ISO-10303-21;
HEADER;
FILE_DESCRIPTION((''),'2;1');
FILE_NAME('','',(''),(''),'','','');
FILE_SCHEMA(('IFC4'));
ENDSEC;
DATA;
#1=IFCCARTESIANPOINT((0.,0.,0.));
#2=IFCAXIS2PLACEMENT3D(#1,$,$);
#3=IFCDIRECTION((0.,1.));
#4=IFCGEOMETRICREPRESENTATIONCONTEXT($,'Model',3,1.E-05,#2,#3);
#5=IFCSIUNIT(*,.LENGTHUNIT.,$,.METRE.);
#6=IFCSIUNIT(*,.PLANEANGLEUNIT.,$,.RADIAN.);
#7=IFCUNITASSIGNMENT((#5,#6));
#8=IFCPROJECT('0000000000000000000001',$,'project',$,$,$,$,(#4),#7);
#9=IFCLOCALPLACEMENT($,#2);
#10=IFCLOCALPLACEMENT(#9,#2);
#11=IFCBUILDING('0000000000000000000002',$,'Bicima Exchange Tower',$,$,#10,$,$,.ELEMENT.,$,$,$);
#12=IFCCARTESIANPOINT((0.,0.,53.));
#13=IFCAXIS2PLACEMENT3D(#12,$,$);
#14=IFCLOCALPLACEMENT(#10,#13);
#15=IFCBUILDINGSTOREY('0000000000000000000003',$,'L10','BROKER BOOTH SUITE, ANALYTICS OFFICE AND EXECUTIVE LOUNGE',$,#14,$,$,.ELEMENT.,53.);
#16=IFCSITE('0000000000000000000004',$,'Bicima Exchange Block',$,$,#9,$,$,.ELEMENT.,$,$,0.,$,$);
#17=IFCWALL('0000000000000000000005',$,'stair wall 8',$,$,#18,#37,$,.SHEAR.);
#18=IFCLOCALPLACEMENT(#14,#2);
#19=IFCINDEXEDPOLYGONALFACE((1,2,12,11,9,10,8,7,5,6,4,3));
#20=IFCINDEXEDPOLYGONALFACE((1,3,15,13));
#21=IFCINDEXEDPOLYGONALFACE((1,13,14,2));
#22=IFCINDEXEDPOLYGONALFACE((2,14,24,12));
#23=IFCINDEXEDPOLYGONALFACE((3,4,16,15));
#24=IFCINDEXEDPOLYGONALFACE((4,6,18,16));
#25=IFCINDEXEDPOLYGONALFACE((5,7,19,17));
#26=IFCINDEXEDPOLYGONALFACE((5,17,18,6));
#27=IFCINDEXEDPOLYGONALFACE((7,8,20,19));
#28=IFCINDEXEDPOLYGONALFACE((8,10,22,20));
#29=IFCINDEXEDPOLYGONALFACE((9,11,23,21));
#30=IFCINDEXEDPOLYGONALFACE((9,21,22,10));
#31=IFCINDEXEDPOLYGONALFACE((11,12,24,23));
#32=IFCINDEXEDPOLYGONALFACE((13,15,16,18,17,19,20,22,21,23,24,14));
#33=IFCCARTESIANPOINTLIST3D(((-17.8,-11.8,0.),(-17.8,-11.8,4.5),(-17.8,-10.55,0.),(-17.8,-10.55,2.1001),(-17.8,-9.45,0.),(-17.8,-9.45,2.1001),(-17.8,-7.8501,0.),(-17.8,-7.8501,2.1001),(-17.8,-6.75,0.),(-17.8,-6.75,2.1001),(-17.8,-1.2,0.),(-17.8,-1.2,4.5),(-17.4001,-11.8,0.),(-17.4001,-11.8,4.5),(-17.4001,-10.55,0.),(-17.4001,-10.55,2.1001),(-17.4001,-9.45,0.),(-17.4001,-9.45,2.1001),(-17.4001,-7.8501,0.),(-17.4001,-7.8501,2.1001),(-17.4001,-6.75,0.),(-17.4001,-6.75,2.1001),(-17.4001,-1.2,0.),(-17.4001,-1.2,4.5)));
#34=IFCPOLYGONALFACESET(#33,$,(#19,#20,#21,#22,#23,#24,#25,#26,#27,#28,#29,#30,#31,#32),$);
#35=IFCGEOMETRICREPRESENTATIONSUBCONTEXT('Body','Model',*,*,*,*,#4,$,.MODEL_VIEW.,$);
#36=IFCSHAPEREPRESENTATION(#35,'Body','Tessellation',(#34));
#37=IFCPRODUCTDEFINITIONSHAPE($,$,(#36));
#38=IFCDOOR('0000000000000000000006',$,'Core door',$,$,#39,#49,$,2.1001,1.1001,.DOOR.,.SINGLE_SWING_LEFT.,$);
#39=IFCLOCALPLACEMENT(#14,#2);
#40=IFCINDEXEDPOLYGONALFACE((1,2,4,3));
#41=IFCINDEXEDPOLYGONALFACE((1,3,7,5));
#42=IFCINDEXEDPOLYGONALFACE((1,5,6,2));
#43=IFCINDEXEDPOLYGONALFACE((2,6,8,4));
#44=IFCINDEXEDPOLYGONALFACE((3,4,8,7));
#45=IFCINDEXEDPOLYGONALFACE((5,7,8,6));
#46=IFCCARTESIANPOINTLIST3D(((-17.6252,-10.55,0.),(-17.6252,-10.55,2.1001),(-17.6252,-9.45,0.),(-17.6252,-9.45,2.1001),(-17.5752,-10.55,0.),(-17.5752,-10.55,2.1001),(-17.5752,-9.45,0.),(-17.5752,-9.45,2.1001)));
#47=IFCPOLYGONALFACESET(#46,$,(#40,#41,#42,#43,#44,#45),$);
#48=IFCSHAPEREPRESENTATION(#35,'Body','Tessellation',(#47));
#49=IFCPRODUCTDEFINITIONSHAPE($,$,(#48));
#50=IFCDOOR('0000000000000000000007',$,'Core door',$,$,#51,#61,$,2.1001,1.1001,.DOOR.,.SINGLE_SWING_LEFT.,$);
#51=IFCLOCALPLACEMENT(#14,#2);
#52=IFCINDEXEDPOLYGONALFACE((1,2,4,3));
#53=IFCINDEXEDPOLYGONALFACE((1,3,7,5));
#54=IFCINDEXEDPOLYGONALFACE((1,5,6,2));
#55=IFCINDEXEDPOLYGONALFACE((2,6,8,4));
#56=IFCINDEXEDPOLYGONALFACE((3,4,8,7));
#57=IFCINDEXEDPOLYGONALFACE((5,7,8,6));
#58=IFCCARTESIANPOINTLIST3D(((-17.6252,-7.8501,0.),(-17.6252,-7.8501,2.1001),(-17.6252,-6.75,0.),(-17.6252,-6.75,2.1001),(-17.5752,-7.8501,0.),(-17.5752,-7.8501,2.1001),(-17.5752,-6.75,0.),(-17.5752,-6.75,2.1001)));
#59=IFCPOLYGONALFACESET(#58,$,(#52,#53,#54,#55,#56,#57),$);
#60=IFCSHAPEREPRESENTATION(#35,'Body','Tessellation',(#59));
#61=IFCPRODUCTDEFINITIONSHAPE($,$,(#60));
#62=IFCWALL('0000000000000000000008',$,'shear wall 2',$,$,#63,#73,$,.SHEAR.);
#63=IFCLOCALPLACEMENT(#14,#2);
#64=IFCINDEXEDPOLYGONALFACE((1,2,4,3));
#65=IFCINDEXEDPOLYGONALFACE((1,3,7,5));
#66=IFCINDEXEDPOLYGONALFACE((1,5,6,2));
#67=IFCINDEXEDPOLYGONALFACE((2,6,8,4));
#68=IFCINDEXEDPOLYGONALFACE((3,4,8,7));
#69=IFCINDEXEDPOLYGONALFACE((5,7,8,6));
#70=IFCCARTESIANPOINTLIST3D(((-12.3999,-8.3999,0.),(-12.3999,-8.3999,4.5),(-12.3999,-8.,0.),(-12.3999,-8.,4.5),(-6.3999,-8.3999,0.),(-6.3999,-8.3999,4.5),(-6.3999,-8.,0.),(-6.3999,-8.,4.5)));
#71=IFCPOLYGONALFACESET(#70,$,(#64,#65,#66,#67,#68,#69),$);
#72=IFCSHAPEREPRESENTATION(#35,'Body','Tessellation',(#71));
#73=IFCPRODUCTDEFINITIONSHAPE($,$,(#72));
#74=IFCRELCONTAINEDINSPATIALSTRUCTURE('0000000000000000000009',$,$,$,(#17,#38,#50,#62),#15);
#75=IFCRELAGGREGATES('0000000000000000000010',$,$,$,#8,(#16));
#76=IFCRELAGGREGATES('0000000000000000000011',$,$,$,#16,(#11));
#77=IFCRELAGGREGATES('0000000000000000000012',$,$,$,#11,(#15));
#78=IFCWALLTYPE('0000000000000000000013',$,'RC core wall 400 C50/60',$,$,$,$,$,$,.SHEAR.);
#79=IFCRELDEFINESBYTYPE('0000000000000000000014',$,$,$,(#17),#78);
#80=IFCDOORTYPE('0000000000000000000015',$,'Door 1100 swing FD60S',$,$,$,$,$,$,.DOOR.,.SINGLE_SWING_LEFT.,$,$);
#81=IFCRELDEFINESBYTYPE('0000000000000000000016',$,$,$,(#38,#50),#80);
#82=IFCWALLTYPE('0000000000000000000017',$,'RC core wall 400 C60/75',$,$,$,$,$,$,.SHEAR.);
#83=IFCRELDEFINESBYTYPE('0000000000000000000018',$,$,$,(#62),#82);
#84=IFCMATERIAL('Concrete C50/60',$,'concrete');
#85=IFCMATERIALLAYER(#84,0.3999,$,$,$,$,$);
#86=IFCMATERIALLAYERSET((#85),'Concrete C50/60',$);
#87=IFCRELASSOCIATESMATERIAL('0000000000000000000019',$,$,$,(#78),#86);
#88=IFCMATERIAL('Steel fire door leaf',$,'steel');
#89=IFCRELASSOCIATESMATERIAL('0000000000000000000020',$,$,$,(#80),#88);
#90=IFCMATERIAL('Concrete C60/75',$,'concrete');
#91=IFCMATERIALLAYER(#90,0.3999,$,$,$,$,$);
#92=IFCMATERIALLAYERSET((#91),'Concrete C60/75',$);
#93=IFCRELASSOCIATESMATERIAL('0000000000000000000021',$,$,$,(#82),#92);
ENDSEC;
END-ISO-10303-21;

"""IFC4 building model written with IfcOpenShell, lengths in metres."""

from ifc_helpers import new_model, si_unit, direction, frame, frame_2d, origin, place, context, subcontext, project, spatial, rectangle, extrude, material, layer, layer_set, type_object, element, fill, save


model = new_model("IFC4")

# Units and contexts
model_context = context("Model", 3, precision=1e-05, world=origin(), true_north=direction((0.0, 1.0)))
body_context = subcontext(model_context, "Body", "Model", "MODEL_VIEW")
ifc_project = project(units=[si_unit("LENGTHUNIT", "METRE"), si_unit("PLANEANGLEUNIT", "RADIAN")], contexts=[model_context])

# Site, building, storey
site_placement = place(None, origin())
site = spatial("IfcSite", under=ifc_project, at=site_placement, Name="Bicima Exchange Block", CompositionType="ELEMENT", RefElevation=0.0)
building_placement = place(site_placement, origin())
building = spatial("IfcBuilding", under=site, at=building_placement, Name="Bicima Exchange Tower", CompositionType="ELEMENT")
storey_placement = place(building_placement, frame((0.0, 0.0, 53.0)))
storey = spatial("IfcBuildingStorey", under=building, at=storey_placement, Name="L10", Description="BROKER BOOTH SUITE, ANALYTICS OFFICE AND EXECUTIVE LOUNGE", CompositionType="ELEMENT", Elevation=53.0)

# Wall, openings, doors
ifc_material_1 = material(Name="Concrete C50/60", Category="concrete")
ifc_layer_1 = layer(ifc_material_1, 0.3999)
ifc_layer_set_1 = layer_set([ifc_layer_1], Name="Concrete C50/60")
wall_type_1 = type_object("IfcWallType", Name="RC core wall 400 C50/60", PredefinedType="SHEAR", material=ifc_layer_set_1)
wall_1_placement = place(storey_placement, frame((-17.6001, -11.8, 0.0), z_axis=(0.0, 0.0, 1.0), x_axis=(0.0, 1.0, 0.0)))
wall_1 = element("IfcWall", 1, at=wall_1_placement, inside=storey, type_object=wall_type_1, Name="stair wall 8", PredefinedType="SHEAR", context=body_context, shape_type="SweptSolid", body=[
    extrude(rectangle(XDim=10.6001, YDim=0.3999, at=frame_2d((5.3, 0.0))), origin(), (0.0, 0.0, 1.0), 4.5),
])
opening_1_placement = place(wall_1_placement, frame((1.25, 0.0, 0.0)))
opening_1 = element("IfcOpeningElement", 2, at=opening_1_placement, cuts=wall_1, PredefinedType="OPENING", context=body_context, shape_type="SweptSolid", body=[
    extrude(rectangle(XDim=1.1001, YDim=2.1001, at=frame_2d((0.55, 1.05))), frame((0.0, 0.2119, 0.0), z_axis=(0.0, -1.0, 0.0), x_axis=(1.0, 0.0, 0.0)), (0.0, 0.0, 1.0), 0.4238),
])
opening_2_placement = place(wall_1_placement, frame((3.95, 0.0, 0.0)))
opening_2 = element("IfcOpeningElement", 3, at=opening_2_placement, cuts=wall_1, PredefinedType="OPENING", context=body_context, shape_type="SweptSolid", body=[
    extrude(rectangle(XDim=1.1001, YDim=2.1001, at=frame_2d((0.55, 1.05))), frame((0.0, 0.2119, 0.0), z_axis=(0.0, -1.0, 0.0), x_axis=(1.0, 0.0, 0.0)), (0.0, 0.0, 1.0), 0.4238),
])
ifc_material_2 = material(Name="Steel fire door leaf", Category="steel")
door_type_1 = type_object("IfcDoorType", Name="Door 1100 swing FD60S", OperationType="SINGLE_SWING_LEFT", PredefinedType="DOOR", material=ifc_material_2)
door_1_placement = place(opening_1_placement, frame((1.1001, 0.0, 0.0), z_axis=(0.0, 0.0, 1.0), x_axis=(-1.0, 0.0, 0.0)))
door_1 = element("IfcDoor", 4, at=door_1_placement, inside=storey, type_object=door_type_1, Name="Core door", OperationType="SINGLE_SWING_LEFT", OverallHeight=2.1001, OverallWidth=1.1001, PredefinedType="DOOR", context=body_context, shape_type="SweptSolid", body=[
    extrude(rectangle(XDim=1.1001, YDim=2.1001, at=frame_2d((0.55, 1.05))), frame((0.0, 0.0249, 0.0), z_axis=(0.0, -1.0, 0.0), x_axis=(1.0, 0.0, 0.0)), (0.0, 0.0, 1.0), 0.05),
])
fill(opening_1, door_1)
door_2_placement = place(opening_2_placement, frame((1.1001, 0.0, 0.0), z_axis=(0.0, 0.0, 1.0), x_axis=(-1.0, 0.0, 0.0)))
door_2 = element("IfcDoor", 5, at=door_2_placement, inside=storey, type_object=door_type_1, Name="Core door", OperationType="SINGLE_SWING_LEFT", OverallHeight=2.1001, OverallWidth=1.1001, PredefinedType="DOOR", context=body_context, shape_type="SweptSolid", body=[
    extrude(rectangle(XDim=1.1001, YDim=2.1001, at=frame_2d((0.55, 1.05))), frame((0.0, 0.0249, 0.0), z_axis=(0.0, -1.0, 0.0), x_axis=(1.0, 0.0, 0.0)), (0.0, 0.0, 1.0), 0.05),
])
fill(opening_2, door_2)

# Wall
ifc_material_3 = material(Name="Concrete C60/75", Category="concrete")
ifc_layer_2 = layer(ifc_material_3, 0.3999)
ifc_layer_set_2 = layer_set([ifc_layer_2], Name="Concrete C60/75")
wall_type_2 = type_object("IfcWallType", Name="RC core wall 400 C60/75", PredefinedType="SHEAR", material=ifc_layer_set_2)
wall_2_placement = place(storey_placement, frame((-12.3999, -8.2, 0.0), z_axis=(0.0, 0.0, 1.0), x_axis=(1.0, 0.0, 0.0)))
element("IfcWall", 6, at=wall_2_placement, inside=storey, type_object=wall_type_2, Name="shear wall 2", PredefinedType="SHEAR", context=body_context, shape_type="SweptSolid", body=[
    extrude(rectangle(XDim=6.0, YDim=0.3999, at=frame_2d((3.0, 0.0))), origin(), (0.0, 0.0, 1.0), 4.5),
])

save(model, "model.ifc")
